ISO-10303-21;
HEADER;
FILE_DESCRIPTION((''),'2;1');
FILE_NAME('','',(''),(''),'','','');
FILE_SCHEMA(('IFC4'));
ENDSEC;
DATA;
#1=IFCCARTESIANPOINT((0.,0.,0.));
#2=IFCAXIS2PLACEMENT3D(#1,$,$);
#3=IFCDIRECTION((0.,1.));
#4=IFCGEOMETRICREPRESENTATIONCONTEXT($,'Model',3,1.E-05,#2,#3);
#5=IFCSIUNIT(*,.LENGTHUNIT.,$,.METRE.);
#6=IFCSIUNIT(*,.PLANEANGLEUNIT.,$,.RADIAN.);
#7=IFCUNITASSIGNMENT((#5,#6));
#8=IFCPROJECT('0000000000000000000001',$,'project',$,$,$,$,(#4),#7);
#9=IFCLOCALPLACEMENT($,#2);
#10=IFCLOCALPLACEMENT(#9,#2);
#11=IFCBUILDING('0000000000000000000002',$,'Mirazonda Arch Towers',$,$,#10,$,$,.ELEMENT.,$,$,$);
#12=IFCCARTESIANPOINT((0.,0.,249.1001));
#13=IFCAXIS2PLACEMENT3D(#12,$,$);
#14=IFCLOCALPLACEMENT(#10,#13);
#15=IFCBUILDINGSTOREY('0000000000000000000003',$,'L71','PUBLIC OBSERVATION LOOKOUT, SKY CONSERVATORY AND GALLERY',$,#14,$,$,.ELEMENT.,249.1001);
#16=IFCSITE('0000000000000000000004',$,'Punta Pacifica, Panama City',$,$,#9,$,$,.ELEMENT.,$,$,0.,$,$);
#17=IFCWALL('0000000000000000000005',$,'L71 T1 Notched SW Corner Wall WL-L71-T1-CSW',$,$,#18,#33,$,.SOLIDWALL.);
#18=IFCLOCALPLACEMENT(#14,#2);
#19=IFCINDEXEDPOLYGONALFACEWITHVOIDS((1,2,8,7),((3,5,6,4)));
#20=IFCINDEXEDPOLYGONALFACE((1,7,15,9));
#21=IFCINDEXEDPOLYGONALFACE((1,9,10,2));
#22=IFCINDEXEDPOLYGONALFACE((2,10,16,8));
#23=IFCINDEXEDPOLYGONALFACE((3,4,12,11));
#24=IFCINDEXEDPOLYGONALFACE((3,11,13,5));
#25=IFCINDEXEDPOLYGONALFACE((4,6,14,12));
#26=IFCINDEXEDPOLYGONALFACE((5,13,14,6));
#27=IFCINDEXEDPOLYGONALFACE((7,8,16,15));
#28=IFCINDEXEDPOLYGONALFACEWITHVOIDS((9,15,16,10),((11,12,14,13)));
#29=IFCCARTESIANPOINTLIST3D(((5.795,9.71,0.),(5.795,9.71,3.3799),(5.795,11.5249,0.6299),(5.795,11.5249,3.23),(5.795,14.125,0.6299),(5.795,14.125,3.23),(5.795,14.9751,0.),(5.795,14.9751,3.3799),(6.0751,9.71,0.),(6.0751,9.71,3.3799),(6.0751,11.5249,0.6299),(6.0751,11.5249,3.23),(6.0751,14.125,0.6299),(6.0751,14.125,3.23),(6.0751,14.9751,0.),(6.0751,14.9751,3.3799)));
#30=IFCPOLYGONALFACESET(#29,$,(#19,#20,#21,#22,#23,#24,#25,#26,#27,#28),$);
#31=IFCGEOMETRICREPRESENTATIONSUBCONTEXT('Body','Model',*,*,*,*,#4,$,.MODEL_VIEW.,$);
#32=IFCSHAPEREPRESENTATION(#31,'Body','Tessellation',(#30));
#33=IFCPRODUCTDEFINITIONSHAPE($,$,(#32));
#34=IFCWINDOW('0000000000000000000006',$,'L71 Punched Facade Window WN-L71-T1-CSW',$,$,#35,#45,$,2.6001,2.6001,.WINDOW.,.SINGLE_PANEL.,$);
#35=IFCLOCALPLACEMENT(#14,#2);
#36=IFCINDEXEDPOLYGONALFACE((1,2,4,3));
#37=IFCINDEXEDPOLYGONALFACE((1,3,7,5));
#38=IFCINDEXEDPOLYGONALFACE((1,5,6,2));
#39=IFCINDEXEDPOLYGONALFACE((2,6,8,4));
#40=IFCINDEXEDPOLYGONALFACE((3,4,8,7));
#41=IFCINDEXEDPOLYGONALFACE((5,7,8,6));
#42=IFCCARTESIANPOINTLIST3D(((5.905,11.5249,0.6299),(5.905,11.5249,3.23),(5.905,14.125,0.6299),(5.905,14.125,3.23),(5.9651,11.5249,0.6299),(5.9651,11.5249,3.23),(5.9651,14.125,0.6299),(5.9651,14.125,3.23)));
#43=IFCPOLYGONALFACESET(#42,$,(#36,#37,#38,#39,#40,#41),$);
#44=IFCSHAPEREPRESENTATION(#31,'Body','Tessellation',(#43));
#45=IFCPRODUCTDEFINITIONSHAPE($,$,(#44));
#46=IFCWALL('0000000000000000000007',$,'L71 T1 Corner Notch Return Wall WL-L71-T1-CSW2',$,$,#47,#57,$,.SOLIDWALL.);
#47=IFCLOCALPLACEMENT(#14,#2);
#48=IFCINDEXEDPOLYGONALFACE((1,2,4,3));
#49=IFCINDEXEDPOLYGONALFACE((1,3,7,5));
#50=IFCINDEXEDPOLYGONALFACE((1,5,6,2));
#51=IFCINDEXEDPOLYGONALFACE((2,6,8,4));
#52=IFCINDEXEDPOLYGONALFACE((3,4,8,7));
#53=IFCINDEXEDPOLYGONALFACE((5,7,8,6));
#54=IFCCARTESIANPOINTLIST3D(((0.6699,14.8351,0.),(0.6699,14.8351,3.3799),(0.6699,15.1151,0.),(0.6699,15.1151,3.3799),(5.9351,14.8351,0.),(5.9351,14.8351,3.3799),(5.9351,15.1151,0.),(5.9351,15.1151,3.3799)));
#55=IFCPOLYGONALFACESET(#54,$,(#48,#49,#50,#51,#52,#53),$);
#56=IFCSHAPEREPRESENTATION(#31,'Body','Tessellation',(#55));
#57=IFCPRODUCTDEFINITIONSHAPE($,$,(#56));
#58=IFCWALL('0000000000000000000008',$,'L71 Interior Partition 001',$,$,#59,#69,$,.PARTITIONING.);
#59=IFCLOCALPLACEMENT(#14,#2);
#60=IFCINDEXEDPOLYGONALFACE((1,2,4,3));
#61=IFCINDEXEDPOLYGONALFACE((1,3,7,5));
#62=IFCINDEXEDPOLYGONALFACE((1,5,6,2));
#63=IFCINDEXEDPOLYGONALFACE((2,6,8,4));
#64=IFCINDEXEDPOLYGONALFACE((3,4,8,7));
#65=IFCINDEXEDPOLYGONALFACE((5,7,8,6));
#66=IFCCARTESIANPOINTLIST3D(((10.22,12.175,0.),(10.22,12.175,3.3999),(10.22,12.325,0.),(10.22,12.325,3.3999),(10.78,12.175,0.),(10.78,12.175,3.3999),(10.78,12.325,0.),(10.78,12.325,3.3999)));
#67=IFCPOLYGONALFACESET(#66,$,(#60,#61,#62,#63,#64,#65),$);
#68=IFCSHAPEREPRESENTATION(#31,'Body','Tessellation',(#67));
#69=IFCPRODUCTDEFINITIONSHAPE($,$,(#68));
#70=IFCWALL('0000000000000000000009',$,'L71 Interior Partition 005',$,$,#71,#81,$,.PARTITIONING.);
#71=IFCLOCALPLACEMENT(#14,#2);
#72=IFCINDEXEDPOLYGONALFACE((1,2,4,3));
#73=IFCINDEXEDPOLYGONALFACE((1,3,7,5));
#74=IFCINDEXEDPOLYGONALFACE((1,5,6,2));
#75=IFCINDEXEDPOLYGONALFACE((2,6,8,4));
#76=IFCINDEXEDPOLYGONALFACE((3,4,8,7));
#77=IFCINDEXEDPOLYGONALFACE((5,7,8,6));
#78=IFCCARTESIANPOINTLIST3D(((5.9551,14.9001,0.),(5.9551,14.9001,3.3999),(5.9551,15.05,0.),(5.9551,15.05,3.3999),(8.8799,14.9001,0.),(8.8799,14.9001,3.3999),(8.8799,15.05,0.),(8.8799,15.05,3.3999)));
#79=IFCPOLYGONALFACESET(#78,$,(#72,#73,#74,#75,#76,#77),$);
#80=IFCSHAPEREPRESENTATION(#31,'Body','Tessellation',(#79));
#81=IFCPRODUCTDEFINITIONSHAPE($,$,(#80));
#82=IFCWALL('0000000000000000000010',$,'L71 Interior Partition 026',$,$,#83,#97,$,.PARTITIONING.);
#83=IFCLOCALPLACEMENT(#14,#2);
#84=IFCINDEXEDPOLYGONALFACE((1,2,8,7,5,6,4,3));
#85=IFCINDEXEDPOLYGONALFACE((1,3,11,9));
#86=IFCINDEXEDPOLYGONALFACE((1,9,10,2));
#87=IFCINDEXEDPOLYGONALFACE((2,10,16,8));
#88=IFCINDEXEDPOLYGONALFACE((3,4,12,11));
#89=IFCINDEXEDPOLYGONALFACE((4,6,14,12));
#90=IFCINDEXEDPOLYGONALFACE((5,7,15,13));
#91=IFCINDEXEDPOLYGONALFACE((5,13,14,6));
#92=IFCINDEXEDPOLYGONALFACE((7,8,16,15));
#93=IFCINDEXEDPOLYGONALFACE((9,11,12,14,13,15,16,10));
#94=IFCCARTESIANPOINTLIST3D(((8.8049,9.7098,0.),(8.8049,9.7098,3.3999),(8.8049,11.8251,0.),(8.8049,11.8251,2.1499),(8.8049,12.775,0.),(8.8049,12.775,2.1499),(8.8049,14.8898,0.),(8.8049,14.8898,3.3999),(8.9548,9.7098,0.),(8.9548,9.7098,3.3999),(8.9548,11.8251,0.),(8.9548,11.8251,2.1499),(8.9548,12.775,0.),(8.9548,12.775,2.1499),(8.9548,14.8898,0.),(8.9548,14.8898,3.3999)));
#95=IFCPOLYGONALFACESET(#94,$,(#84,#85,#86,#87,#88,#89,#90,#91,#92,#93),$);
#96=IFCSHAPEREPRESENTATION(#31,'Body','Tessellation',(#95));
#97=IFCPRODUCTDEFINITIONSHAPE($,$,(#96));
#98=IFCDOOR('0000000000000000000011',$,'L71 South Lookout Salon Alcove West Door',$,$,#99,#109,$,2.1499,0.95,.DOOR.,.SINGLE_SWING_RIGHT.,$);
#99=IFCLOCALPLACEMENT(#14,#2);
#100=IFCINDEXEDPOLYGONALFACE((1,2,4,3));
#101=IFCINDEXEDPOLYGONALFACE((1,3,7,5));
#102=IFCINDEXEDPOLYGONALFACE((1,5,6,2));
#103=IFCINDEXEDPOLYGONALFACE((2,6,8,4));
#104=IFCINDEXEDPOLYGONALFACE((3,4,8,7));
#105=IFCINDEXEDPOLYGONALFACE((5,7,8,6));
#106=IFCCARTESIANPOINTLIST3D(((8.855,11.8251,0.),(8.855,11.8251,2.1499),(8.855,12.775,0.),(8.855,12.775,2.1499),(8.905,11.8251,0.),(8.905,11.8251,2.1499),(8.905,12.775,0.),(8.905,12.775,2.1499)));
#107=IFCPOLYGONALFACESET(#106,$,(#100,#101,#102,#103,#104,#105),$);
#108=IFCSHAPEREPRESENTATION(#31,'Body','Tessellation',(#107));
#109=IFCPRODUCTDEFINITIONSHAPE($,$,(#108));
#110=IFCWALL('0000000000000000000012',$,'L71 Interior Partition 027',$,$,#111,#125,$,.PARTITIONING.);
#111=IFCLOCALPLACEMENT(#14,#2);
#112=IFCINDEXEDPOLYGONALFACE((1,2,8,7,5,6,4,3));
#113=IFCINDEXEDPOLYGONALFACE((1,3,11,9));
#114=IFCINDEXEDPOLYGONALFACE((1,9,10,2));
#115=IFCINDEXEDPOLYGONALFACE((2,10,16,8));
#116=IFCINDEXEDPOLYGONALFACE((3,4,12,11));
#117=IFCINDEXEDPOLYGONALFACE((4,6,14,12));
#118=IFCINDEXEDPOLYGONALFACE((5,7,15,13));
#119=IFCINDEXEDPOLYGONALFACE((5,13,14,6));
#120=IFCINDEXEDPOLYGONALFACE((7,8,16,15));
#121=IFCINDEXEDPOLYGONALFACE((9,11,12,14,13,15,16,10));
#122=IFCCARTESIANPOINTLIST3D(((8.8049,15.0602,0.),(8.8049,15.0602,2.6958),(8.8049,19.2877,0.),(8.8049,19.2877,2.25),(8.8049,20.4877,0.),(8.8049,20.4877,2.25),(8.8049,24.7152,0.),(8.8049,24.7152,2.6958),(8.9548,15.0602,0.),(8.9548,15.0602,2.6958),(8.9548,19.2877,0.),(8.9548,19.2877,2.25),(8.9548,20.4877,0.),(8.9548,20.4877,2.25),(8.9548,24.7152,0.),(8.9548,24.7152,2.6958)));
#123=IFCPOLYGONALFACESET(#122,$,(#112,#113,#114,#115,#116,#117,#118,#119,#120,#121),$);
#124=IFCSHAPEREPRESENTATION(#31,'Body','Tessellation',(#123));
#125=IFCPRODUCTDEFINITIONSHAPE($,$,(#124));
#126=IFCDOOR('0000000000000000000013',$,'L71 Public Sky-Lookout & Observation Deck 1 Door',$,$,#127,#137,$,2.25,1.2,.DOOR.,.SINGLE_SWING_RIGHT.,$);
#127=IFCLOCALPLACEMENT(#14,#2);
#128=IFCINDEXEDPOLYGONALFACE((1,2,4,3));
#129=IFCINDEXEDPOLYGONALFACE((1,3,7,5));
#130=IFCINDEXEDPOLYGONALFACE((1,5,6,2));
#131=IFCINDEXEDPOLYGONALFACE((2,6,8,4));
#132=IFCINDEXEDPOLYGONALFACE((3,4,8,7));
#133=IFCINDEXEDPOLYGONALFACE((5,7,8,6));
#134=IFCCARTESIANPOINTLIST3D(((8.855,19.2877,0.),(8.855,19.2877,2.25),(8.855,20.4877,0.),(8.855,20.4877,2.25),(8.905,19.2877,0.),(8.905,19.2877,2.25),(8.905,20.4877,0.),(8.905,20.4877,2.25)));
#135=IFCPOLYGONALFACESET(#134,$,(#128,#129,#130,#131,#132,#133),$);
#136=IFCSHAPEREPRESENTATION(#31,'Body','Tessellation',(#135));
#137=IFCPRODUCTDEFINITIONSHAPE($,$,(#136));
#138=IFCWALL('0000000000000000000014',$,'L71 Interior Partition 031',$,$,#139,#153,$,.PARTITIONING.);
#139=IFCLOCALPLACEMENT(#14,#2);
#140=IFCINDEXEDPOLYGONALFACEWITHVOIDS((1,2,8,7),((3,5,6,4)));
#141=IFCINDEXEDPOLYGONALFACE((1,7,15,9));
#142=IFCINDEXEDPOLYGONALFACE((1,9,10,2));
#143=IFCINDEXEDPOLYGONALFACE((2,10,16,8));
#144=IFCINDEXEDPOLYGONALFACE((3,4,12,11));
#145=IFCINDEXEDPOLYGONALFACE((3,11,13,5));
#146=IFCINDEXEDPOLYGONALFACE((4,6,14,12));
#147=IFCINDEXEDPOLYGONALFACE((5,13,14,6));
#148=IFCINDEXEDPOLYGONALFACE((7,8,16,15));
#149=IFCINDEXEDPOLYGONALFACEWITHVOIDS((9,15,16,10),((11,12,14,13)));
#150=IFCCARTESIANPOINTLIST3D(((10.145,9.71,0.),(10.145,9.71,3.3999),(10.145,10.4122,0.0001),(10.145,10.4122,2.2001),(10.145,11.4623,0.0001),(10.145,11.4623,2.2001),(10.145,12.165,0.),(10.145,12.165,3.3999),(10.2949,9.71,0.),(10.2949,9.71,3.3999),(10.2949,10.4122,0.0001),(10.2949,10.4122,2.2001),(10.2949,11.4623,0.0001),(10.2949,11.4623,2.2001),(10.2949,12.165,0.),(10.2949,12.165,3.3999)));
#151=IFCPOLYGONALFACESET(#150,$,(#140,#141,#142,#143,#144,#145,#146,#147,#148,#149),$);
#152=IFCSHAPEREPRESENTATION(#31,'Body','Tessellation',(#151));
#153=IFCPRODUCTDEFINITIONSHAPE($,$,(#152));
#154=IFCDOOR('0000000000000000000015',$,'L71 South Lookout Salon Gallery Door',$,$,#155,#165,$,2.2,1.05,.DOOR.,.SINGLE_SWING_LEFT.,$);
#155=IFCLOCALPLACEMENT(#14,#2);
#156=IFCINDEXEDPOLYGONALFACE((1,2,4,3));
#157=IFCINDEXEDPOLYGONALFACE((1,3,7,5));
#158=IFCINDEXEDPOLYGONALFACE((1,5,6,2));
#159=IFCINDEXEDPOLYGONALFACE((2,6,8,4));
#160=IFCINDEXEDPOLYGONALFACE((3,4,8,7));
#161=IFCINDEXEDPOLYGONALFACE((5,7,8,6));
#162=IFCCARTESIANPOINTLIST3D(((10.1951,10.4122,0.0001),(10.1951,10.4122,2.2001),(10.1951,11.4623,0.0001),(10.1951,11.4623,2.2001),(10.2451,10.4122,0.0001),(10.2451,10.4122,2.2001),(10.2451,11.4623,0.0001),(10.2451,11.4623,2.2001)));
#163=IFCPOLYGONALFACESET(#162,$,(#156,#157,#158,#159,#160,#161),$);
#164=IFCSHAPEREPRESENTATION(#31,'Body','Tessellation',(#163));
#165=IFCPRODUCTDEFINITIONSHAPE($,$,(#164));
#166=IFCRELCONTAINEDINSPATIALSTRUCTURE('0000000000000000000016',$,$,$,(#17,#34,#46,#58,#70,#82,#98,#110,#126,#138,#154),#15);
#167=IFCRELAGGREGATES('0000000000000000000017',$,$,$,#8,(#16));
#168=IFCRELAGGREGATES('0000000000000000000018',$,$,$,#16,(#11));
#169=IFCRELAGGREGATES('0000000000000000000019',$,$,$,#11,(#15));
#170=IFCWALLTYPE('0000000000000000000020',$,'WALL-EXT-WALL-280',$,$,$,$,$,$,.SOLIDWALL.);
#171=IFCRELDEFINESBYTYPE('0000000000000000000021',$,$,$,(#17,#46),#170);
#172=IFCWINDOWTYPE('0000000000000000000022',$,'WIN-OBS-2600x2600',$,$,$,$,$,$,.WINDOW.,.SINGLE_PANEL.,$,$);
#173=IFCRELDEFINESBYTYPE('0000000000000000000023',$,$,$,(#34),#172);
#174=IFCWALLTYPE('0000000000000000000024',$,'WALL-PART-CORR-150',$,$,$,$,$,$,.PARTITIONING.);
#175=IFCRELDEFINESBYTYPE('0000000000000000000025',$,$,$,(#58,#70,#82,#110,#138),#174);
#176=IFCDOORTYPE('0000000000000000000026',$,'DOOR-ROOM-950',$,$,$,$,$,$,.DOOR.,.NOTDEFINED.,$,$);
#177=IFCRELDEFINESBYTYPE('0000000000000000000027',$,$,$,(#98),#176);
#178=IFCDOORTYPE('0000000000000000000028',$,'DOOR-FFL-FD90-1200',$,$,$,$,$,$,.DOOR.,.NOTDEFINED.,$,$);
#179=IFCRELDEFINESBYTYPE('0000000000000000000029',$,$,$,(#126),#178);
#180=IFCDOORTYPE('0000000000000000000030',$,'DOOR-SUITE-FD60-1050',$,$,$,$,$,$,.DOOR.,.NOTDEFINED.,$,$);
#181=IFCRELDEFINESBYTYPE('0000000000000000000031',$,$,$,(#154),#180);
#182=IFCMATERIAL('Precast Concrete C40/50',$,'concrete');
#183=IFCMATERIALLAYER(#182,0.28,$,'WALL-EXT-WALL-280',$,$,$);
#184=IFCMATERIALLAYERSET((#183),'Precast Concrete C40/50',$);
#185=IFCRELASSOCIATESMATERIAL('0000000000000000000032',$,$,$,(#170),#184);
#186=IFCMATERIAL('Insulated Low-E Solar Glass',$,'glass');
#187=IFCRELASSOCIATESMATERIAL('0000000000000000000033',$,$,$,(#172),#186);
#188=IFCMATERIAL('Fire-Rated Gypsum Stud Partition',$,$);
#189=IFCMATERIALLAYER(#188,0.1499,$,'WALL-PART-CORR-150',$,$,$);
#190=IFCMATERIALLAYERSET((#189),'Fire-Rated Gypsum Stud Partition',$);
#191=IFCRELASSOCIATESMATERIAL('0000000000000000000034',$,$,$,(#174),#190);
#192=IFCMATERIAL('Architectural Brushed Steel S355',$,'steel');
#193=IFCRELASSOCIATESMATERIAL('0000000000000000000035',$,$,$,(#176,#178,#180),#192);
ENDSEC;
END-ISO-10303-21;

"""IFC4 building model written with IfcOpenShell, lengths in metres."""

from ifc_helpers import new_model, si_unit, direction, frame, frame_2d, origin, place, context, subcontext, project, spatial, rectangle, extrude, material, layer, layer_set, type_object, element, fill, save


model = new_model("IFC4")

# Units and contexts
model_context = context("Model", 3, precision=1e-05, world=origin(), true_north=direction((0.0, 1.0)))
body_context = subcontext(model_context, "Body", "Model", "MODEL_VIEW")
ifc_project = project(units=[si_unit("LENGTHUNIT", "METRE"), si_unit("PLANEANGLEUNIT", "RADIAN")], contexts=[model_context])

# Site, building, storey
site_placement = place(None, origin())
site = spatial("IfcSite", under=ifc_project, at=site_placement, Name="Punta Pacifica, Panama City", CompositionType="ELEMENT", RefElevation=0.0)
building_placement = place(site_placement, origin())
building = spatial("IfcBuilding", under=site, at=building_placement, Name="Mirazonda Arch Towers", CompositionType="ELEMENT")
storey_placement = place(building_placement, frame((0.0, 0.0, 249.1001)))
storey = spatial("IfcBuildingStorey", under=building, at=storey_placement, Name="L71", Description="PUBLIC OBSERVATION LOOKOUT, SKY CONSERVATORY AND GALLERY", CompositionType="ELEMENT", Elevation=249.1001)

# Shared definitions
ifc_material_1 = material(Name="Insulated Low-E Solar Glass", Category="glass")

# Wall, opening, window
ifc_material_2 = material(Name="Precast Concrete C40/50", Category="concrete")
ifc_layer_1 = layer(ifc_material_2, 0.28, Name="WALL-EXT-WALL-280")
ifc_layer_set_1 = layer_set([ifc_layer_1], Name="Precast Concrete C40/50")
wall_type_1 = type_object("IfcWallType", Name="WALL-EXT-WALL-280", PredefinedType="SOLIDWALL", material=ifc_layer_set_1)
wall_1_placement = place(storey_placement, frame((5.9351, 14.9751, 0.0), z_axis=(0.0, 0.0, 1.0), x_axis=(0.0, -1.0, 0.0)))
wall_1 = element("IfcWall", 1, at=wall_1_placement, inside=storey, type_object=wall_type_1, Name="L71 T1 Notched SW Corner Wall WL-L71-T1-CSW", PredefinedType="SOLIDWALL", context=body_context, shape_type="SweptSolid", body=[
    extrude(rectangle(XDim=5.2651, YDim=0.28, at=frame_2d((2.6326, 0.0))), origin(), (0.0, 0.0, 1.0), 3.3799),
])
opening_1_placement = place(wall_1_placement, frame((0.8501, 0.0, 0.6299)))
opening_1 = element("IfcOpeningElement", 2, at=opening_1_placement, cuts=wall_1, PredefinedType="OPENING", context=body_context, shape_type="SweptSolid", body=[
    extrude(rectangle(XDim=2.6001, YDim=2.6001, at=frame_2d((1.3, 1.3))), frame((0.0, 0.1499, 0.0), z_axis=(0.0, -1.0, 0.0), x_axis=(1.0, 0.0, 0.0)), (0.0, 0.0, 1.0), 0.3),
])
window_type = type_object("IfcWindowType", Name="WIN-OBS-2600x2600", PartitioningType="SINGLE_PANEL", PredefinedType="WINDOW", material=ifc_material_1)
window_placement = place(opening_1_placement, origin())
window = element("IfcWindow", 3, at=window_placement, inside=storey, type_object=window_type, Name="L71 Punched Facade Window WN-L71-T1-CSW", OverallHeight=2.6001, OverallWidth=2.6001, PartitioningType="SINGLE_PANEL", PredefinedType="WINDOW", context=body_context, shape_type="SweptSolid", body=[
    extrude(rectangle(XDim=2.6001, YDim=2.6001, at=frame_2d((1.3, 1.3))), frame((0.0, 0.03, 0.0), z_axis=(0.0, -1.0, 0.0), x_axis=(1.0, 0.0, 0.0)), (0.0, 0.0, 1.0), 0.0601),
])
fill(opening_1, window)

# Walls
wall_2_placement = place(storey_placement, frame((0.6699, 14.9751, 0.0), z_axis=(0.0, 0.0, 1.0), x_axis=(1.0, 0.0, 0.0)))
element("IfcWall", 4, at=wall_2_placement, inside=storey, type_object=wall_type_1, Name="L71 T1 Corner Notch Return Wall WL-L71-T1-CSW2", PredefinedType="SOLIDWALL", context=body_context, shape_type="SweptSolid", body=[
    extrude(rectangle(XDim=5.2651, YDim=0.28, at=frame_2d((2.6326, 0.0))), origin(), (0.0, 0.0, 1.0), 3.3799),
])
ifc_material_3 = material(Name="Fire-Rated Gypsum Stud Partition")
ifc_layer_2 = layer(ifc_material_3, 0.1499, Name="WALL-PART-CORR-150")
ifc_layer_set_2 = layer_set([ifc_layer_2], Name="Fire-Rated Gypsum Stud Partition")
wall_type_2 = type_object("IfcWallType", Name="WALL-PART-CORR-150", PredefinedType="PARTITIONING", material=ifc_layer_set_2)
wall_3_placement = place(storey_placement, frame((10.22, 12.25, 0.0), z_axis=(0.0, 0.0, 1.0), x_axis=(1.0, 0.0, 0.0)))
element("IfcWall", 5, at=wall_3_placement, inside=storey, type_object=wall_type_2, Name="L71 Interior Partition 001", PredefinedType="PARTITIONING", context=body_context, shape_type="SweptSolid", body=[
    extrude(rectangle(XDim=0.5601, YDim=0.1499, at=frame_2d((0.28, 0.0))), origin(), (0.0, 0.0, 1.0), 3.3999),
])
wall_4_placement = place(storey_placement, frame((5.9551, 14.9751, 0.0), z_axis=(0.0, 0.0, 1.0), x_axis=(1.0, 0.0, 0.0)))
element("IfcWall", 6, at=wall_4_placement, inside=storey, type_object=wall_type_2, Name="L71 Interior Partition 005", PredefinedType="PARTITIONING", context=body_context, shape_type="SweptSolid", body=[
    extrude(rectangle(XDim=2.9248, YDim=0.1499, at=frame_2d((1.4624, 0.0))), origin(), (0.0, 0.0, 1.0), 3.3999),
])

# Walls, openings, doors
wall_5_placement = place(storey_placement, frame((8.8799, 9.71, 0.0), z_axis=(0.0, 0.0, 1.0), x_axis=(0.0, 1.0, 0.0)))
wall_5 = element("IfcWall", 7, at=wall_5_placement, inside=storey, type_object=wall_type_2, Name="L71 Interior Partition 026", PredefinedType="PARTITIONING", context=body_context, shape_type="SweptSolid", body=[
    extrude(rectangle(XDim=5.1799, YDim=0.1499, at=frame_2d((2.5898, 0.0))), origin(), (0.0, 0.0, 1.0), 3.3999),
])
opening_2_placement = place(wall_5_placement, frame((2.115, 0.0, 0.0)))
opening_2 = element("IfcOpeningElement", 8, at=opening_2_placement, cuts=wall_5, PredefinedType="OPENING", context=body_context, shape_type="SweptSolid", body=[
    extrude(rectangle(XDim=0.95, YDim=2.1499, at=frame_2d((0.4751, 1.075))), frame((0.0, 0.085, 0.0), z_axis=(0.0, -1.0, 0.0), x_axis=(1.0, 0.0, 0.0)), (0.0, 0.0, 1.0), 0.1699),
])
ifc_material_4 = material(Name="Architectural Brushed Steel S355", Category="steel")
door_type_1 = type_object("IfcDoorType", Name="DOOR-ROOM-950", OperationType="NOTDEFINED", PredefinedType="DOOR", material=ifc_material_4)
door_1_placement = place(opening_2_placement, origin())
door_1 = element("IfcDoor", 9, at=door_1_placement, inside=storey, type_object=door_type_1, Name="L71 South Lookout Salon Alcove West Door", OperationType="SINGLE_SWING_RIGHT", OverallHeight=2.1499, OverallWidth=0.95, PredefinedType="DOOR", context=body_context, shape_type="SweptSolid", body=[
    extrude(rectangle(XDim=0.95, YDim=2.1499, at=frame_2d((0.4751, 1.075))), frame((0.0, 0.0249, 0.0), z_axis=(0.0, -1.0, 0.0), x_axis=(1.0, 0.0, 0.0)), (0.0, 0.0, 1.0), 0.05),
])
fill(opening_2, door_1)
wall_6_placement = place(storey_placement, frame((8.8799, 15.0601, 0.0), z_axis=(0.0, 0.0, 1.0), x_axis=(0.0, 1.0, 0.0)))
wall_6 = element("IfcWall", 10, at=wall_6_placement, inside=storey, type_object=wall_type_2, Name="L71 Interior Partition 027", PredefinedType="PARTITIONING", context=body_context, shape_type="SweptSolid", body=[
    extrude(rectangle(XDim=9.655, YDim=0.1499, at=frame_2d((4.8276, 0.0))), origin(), (0.0, 0.0, 1.0), 2.6958),
])
opening_3_placement = place(wall_6_placement, frame((4.2275, 0.0, 0.0)))
opening_3 = element("IfcOpeningElement", 11, at=opening_3_placement, cuts=wall_6, PredefinedType="OPENING", context=body_context, shape_type="SweptSolid", body=[
    extrude(rectangle(XDim=1.2, YDim=2.25, at=frame_2d((0.6001, 1.125))), frame((0.0, 0.085, 0.0), z_axis=(0.0, -1.0, 0.0), x_axis=(1.0, 0.0, 0.0)), (0.0, 0.0, 1.0), 0.1699),
])
door_type_2 = type_object("IfcDoorType", Name="DOOR-FFL-FD90-1200", OperationType="NOTDEFINED", PredefinedType="DOOR", material=ifc_material_4)
door_2_placement = place(opening_3_placement, origin())
door_2 = element("IfcDoor", 12, at=door_2_placement, inside=storey, type_object=door_type_2, Name="L71 Public Sky-Lookout & Observation Deck 1 Door", OperationType="SINGLE_SWING_RIGHT", OverallHeight=2.25, OverallWidth=1.2, PredefinedType="DOOR", context=body_context, shape_type="SweptSolid", body=[
    extrude(rectangle(XDim=1.2, YDim=2.25, at=frame_2d((0.6001, 1.125))), frame((0.0, 0.0249, 0.0), z_axis=(0.0, -1.0, 0.0), x_axis=(1.0, 0.0, 0.0)), (0.0, 0.0, 1.0), 0.05),
])
fill(opening_3, door_2)
wall_7_placement = place(storey_placement, frame((10.22, 9.71, 0.0), z_axis=(0.0, 0.0, 1.0), x_axis=(0.0, 1.0, 0.0)))
wall_7 = element("IfcWall", 13, at=wall_7_placement, inside=storey, type_object=wall_type_2, Name="L71 Interior Partition 031", PredefinedType="PARTITIONING", context=body_context, shape_type="SweptSolid", body=[
    extrude(rectangle(XDim=2.4551, YDim=0.1499, at=frame_2d((1.2275, 0.0))), origin(), (0.0, 0.0, 1.0), 3.3999),
])
opening_4_placement = place(wall_7_placement, frame((0.7024, 0.0, 0.0)))
opening_4 = element("IfcOpeningElement", 14, at=opening_4_placement, cuts=wall_7, PredefinedType="OPENING", context=body_context, shape_type="SweptSolid", body=[
    extrude(rectangle(XDim=1.05, YDim=2.2, at=frame_2d((0.5249, 1.1001))), frame((0.0, 0.085, 0.0), z_axis=(0.0, -1.0, 0.0), x_axis=(1.0, 0.0, 0.0)), (0.0, 0.0, 1.0), 0.1699),
])
door_type_3 = type_object("IfcDoorType", Name="DOOR-SUITE-FD60-1050", OperationType="NOTDEFINED", PredefinedType="DOOR", material=ifc_material_4)
door_3_placement = place(opening_4_placement, origin())
door_3 = element("IfcDoor", 15, at=door_3_placement, inside=storey, type_object=door_type_3, Name="L71 South Lookout Salon Gallery Door", OperationType="SINGLE_SWING_LEFT", OverallHeight=2.2, OverallWidth=1.05, PredefinedType="DOOR", context=body_context, shape_type="SweptSolid", body=[
    extrude(rectangle(XDim=1.05, YDim=2.2, at=frame_2d((0.5249, 1.1001))), frame((0.0, 0.0249, 0.0), z_axis=(0.0, -1.0, 0.0), x_axis=(1.0, 0.0, 0.0)), (0.0, 0.0, 1.0), 0.05),
])
fill(opening_4, door_3)

save(model, "model.ifc")
